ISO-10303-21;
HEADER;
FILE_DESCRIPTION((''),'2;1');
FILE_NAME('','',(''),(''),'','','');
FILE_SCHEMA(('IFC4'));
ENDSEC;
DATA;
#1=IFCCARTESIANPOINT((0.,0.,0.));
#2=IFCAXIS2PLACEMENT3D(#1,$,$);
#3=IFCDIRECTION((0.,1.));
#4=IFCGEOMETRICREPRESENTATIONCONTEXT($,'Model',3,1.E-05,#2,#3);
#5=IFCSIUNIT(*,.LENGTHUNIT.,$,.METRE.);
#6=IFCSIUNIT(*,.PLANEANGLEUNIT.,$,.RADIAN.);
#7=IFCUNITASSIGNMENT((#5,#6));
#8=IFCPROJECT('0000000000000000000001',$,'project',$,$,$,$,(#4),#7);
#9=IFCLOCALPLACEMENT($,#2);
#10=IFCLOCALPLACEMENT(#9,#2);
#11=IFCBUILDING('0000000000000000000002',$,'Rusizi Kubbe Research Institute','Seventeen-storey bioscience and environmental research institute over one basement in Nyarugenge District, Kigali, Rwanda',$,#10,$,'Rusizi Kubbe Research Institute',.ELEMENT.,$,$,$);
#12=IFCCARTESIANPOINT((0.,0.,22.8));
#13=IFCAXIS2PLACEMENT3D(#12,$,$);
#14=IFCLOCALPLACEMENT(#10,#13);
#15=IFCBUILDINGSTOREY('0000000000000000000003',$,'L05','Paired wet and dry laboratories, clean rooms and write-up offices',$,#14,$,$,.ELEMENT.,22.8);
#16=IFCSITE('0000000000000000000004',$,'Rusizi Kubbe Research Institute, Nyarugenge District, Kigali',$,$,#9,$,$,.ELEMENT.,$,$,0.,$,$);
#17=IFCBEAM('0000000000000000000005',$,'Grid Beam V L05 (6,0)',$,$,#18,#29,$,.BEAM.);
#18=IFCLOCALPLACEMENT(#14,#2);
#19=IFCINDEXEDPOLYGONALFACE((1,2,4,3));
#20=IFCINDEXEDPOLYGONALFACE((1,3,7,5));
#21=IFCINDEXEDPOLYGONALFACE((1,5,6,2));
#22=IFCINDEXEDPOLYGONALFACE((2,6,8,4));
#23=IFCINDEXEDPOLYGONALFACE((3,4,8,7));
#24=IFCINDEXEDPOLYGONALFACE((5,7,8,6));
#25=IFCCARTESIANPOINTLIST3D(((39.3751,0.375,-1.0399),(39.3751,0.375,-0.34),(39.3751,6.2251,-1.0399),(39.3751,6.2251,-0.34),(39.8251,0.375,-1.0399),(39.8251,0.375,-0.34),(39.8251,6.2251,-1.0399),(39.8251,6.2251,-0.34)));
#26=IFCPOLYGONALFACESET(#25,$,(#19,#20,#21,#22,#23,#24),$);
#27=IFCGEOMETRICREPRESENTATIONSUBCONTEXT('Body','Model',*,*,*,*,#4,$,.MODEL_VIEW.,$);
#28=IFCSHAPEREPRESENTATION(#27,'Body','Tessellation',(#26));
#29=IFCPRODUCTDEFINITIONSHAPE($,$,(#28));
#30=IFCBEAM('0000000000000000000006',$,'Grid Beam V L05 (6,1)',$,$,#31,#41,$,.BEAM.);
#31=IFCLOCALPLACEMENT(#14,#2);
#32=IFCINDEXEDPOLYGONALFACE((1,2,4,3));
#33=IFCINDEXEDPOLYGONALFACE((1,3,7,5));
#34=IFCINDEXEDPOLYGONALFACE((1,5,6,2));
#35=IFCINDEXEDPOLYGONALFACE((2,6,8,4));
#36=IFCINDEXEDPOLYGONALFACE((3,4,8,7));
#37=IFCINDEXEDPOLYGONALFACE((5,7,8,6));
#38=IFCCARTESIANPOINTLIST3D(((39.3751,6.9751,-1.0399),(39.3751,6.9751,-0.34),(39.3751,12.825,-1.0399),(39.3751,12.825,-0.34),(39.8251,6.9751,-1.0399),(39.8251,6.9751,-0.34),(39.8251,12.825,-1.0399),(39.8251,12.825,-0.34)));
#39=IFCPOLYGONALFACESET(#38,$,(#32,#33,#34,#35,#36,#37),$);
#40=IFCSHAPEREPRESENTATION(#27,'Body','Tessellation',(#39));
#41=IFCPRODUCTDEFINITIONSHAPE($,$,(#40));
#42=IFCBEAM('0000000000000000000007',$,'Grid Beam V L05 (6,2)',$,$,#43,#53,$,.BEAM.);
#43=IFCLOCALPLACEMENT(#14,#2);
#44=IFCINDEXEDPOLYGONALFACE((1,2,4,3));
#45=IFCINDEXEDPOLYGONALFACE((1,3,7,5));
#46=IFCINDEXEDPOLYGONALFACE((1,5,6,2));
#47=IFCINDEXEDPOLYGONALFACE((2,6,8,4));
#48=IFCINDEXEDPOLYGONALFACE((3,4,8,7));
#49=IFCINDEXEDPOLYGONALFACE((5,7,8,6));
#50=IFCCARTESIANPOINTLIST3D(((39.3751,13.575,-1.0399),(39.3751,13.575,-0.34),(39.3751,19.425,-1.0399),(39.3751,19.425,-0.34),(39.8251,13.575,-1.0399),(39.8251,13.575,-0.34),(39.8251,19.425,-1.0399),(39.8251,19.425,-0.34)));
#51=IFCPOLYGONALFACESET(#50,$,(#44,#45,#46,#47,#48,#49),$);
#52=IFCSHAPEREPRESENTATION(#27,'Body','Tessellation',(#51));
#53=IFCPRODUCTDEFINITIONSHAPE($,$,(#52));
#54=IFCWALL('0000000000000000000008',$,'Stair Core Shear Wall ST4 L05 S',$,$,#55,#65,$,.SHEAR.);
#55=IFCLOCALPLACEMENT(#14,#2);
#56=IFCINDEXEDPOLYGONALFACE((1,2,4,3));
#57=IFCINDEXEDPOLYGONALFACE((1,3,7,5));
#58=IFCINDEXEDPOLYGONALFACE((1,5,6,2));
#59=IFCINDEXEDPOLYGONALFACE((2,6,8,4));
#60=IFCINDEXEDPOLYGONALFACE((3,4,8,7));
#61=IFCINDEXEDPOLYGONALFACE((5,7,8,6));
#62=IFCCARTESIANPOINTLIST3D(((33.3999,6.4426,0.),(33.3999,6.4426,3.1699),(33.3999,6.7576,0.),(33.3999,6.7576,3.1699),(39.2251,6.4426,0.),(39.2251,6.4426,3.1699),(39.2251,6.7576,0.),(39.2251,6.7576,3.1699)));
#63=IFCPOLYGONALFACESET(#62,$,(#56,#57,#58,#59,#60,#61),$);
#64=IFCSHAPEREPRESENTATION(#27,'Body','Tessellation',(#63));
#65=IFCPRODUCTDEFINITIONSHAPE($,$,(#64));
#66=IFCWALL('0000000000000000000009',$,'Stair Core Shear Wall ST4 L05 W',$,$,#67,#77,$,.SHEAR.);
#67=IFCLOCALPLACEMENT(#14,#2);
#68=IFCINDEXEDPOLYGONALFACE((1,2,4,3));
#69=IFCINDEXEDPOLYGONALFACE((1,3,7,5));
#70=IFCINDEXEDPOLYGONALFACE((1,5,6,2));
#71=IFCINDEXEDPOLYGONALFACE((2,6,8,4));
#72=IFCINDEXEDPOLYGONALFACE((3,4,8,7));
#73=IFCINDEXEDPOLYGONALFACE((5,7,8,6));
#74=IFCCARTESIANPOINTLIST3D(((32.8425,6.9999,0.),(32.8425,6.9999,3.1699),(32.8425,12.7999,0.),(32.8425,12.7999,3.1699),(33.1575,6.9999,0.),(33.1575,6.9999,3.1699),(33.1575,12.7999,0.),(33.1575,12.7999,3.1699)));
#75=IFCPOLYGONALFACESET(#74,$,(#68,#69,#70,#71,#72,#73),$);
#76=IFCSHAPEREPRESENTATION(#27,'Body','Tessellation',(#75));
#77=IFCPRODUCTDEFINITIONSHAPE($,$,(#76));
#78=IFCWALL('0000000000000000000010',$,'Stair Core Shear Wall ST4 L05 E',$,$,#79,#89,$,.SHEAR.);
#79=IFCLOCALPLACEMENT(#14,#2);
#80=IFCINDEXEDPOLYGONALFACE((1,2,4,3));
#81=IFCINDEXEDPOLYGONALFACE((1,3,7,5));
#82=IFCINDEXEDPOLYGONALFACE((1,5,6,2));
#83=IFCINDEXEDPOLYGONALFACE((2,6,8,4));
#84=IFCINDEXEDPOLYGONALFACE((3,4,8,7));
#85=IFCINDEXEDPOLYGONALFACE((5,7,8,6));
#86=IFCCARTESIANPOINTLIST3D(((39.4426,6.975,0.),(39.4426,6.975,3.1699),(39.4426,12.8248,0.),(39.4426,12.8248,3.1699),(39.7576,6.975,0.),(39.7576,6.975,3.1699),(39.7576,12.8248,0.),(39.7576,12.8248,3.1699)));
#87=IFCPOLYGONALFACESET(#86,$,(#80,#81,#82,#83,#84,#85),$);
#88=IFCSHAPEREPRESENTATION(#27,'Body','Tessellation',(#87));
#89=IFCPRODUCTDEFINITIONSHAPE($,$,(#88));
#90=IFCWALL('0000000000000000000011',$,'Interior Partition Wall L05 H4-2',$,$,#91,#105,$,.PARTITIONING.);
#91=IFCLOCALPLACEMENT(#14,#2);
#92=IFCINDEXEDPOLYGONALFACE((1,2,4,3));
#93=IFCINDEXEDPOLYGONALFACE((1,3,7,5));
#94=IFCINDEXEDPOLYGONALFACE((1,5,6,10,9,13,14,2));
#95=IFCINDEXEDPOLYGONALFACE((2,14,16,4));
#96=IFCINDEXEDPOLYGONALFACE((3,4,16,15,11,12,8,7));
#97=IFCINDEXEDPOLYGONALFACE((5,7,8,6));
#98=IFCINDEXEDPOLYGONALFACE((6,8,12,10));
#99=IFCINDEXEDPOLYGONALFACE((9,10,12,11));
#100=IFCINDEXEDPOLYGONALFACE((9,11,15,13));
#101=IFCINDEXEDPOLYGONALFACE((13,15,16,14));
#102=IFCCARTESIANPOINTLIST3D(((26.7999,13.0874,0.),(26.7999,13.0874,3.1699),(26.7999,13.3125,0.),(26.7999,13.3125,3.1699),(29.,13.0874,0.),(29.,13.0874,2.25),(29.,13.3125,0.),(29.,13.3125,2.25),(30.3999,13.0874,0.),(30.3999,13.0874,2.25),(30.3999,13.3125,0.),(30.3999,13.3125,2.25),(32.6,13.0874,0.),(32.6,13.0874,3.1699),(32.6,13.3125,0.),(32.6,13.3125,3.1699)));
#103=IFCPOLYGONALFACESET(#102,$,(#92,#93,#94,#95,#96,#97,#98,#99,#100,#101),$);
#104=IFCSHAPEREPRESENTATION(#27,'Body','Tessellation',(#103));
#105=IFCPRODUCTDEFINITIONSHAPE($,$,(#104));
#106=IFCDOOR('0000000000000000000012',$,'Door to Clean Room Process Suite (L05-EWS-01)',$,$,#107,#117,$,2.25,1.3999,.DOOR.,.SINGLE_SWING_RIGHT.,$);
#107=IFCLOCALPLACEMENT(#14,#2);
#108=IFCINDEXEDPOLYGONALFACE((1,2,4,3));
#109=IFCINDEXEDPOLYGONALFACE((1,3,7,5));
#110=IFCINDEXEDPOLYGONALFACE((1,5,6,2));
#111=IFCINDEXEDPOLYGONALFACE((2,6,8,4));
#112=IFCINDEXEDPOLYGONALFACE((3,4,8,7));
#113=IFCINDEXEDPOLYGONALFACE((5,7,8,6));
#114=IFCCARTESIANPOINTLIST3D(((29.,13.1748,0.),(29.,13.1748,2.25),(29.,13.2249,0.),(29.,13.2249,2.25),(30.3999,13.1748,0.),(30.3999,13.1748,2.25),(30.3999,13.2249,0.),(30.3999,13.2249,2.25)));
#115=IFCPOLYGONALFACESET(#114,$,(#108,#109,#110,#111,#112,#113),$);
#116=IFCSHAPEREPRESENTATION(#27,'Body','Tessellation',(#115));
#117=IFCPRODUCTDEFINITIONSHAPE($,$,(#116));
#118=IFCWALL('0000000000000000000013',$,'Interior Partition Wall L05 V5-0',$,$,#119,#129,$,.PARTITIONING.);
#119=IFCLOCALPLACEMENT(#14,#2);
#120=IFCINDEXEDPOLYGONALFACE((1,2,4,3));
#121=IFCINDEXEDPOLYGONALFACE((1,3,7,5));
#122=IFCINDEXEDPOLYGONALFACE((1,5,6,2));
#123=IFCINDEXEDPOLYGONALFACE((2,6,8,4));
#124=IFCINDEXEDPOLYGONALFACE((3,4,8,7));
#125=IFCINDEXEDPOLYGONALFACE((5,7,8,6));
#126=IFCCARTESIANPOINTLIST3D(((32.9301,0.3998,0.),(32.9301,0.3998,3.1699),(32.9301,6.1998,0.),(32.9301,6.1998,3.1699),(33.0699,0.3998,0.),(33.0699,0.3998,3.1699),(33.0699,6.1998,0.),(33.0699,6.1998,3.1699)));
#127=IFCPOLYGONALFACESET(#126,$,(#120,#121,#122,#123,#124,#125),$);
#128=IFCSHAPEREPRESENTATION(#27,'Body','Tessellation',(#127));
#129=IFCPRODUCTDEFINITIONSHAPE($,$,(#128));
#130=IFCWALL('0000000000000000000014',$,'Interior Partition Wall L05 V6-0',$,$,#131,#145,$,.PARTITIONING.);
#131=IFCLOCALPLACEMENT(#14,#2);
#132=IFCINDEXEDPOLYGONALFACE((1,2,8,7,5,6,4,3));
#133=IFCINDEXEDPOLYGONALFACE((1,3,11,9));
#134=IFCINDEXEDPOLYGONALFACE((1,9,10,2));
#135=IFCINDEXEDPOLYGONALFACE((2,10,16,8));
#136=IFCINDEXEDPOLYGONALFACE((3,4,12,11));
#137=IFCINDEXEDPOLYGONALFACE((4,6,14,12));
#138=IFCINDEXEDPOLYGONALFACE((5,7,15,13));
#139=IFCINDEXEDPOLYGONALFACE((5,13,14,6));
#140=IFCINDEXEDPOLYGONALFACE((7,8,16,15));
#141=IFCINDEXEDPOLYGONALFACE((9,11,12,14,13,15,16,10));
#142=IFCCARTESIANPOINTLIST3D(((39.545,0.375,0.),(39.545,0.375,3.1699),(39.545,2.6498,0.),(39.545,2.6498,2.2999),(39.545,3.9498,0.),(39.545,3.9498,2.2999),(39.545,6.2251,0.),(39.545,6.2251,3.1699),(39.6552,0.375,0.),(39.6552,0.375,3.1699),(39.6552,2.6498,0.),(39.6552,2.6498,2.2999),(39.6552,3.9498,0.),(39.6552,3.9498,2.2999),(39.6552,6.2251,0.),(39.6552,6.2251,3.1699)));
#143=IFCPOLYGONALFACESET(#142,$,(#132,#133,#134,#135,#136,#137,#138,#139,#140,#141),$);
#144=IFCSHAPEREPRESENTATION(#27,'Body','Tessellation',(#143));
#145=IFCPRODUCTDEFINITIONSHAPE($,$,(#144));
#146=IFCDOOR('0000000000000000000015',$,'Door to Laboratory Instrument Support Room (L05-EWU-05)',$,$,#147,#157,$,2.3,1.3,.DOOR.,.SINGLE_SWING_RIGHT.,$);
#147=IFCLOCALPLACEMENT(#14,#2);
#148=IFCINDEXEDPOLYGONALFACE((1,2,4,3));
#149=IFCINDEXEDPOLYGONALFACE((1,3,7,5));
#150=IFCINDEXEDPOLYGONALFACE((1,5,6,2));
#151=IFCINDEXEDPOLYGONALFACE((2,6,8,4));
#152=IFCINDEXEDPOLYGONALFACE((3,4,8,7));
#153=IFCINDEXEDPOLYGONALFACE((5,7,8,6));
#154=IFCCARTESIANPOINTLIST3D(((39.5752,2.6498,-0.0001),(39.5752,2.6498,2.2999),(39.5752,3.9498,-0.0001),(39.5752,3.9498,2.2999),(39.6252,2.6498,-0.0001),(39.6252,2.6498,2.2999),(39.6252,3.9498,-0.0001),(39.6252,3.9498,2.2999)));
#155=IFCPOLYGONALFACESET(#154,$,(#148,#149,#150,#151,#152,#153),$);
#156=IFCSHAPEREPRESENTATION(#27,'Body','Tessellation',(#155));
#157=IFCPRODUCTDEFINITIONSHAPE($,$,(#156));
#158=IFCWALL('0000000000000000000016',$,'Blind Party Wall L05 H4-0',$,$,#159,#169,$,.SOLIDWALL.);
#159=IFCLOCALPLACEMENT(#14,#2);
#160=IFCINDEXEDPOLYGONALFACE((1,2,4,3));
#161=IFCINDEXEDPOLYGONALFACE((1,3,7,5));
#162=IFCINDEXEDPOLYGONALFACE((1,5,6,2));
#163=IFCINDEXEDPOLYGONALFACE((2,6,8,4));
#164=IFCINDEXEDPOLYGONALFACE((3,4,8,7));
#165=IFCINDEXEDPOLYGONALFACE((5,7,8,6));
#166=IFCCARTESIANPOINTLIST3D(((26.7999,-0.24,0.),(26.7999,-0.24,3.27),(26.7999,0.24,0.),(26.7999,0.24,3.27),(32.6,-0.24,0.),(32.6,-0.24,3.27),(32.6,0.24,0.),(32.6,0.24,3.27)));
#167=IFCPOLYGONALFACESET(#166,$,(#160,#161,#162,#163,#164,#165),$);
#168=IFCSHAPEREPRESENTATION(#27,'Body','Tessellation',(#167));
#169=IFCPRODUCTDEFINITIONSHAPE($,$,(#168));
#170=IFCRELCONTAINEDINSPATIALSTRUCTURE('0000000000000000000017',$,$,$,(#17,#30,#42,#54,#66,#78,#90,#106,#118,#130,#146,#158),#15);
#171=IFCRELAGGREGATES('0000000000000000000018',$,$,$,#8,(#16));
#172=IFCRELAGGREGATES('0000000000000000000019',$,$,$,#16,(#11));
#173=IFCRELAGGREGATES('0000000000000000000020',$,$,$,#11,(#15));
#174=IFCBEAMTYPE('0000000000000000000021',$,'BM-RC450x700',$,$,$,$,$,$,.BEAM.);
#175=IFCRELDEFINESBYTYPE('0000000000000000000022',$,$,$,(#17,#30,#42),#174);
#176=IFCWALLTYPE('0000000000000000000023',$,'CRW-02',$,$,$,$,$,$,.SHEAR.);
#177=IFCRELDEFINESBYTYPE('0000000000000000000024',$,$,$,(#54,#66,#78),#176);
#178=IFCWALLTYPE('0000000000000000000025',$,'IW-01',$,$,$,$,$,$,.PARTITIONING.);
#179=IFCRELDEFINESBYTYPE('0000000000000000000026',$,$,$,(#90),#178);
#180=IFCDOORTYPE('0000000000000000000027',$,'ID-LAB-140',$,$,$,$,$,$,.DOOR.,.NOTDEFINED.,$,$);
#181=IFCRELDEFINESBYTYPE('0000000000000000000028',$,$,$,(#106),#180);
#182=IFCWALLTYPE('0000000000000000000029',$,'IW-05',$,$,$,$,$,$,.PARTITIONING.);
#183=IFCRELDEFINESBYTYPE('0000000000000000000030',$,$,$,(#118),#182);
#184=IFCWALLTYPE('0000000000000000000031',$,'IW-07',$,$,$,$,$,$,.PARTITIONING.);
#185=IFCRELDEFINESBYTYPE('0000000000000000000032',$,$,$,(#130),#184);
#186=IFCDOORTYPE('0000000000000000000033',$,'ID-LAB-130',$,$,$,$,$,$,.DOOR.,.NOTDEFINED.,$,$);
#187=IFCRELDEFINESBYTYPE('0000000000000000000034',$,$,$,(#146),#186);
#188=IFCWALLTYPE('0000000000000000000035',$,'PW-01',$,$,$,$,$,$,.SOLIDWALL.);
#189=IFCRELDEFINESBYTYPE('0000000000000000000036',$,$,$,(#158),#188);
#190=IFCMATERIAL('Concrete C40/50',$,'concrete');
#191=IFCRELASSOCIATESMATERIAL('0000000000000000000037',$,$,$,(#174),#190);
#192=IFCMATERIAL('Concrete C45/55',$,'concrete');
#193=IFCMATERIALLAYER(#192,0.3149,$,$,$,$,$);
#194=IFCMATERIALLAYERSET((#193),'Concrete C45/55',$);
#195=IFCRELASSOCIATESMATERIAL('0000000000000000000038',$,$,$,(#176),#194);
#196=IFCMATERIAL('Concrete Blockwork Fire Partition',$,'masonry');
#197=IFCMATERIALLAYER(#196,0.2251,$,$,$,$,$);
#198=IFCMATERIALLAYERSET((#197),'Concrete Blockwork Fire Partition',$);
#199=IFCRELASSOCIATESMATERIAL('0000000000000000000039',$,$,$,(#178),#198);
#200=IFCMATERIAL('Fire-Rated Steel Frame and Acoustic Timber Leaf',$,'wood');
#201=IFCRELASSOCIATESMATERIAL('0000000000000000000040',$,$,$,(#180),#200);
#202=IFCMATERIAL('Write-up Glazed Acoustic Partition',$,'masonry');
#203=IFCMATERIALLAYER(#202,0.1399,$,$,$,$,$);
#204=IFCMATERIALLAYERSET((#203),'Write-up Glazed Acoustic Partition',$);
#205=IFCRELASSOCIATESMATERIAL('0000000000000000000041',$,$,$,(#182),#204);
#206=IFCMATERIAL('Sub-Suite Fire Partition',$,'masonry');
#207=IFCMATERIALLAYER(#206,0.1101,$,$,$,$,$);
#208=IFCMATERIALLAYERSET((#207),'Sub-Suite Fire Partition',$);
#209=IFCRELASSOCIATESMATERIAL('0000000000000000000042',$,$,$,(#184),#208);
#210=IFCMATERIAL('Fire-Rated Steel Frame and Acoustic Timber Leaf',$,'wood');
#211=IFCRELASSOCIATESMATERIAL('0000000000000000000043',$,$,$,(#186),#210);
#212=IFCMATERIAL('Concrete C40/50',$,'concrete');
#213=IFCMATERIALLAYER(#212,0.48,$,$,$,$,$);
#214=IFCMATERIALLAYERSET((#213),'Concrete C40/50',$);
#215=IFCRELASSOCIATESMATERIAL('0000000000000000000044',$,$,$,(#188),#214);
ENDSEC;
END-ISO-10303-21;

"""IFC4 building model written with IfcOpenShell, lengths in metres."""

from ifc_helpers import new_model, si_unit, direction, frame, frame_2d, origin, origin_2d, place, context, subcontext, project, spatial, rectangle, extrude, material, layer, layer_set, material_profile, profile_set, type_object, element, fill, save


model = new_model("IFC4")

# Units and contexts
model_context = context("Model", 3, precision=1e-05, world=origin(), true_north=direction((0.0, 1.0)))
body_context = subcontext(model_context, "Body", "Model", "MODEL_VIEW")
ifc_project = project(units=[si_unit("LENGTHUNIT", "METRE"), si_unit("PLANEANGLEUNIT", "RADIAN")], contexts=[model_context])

# Site, building, storey
site_placement = place(None, origin())
site = spatial("IfcSite", under=ifc_project, at=site_placement, Name="Rusizi Kubbe Research Institute, Nyarugenge District, Kigali", CompositionType="ELEMENT", RefElevation=0.0)
building_placement = place(site_placement, origin())
building = spatial("IfcBuilding", under=site, at=building_placement, Name="Rusizi Kubbe Research Institute", Description="Seventeen-storey bioscience and environmental research institute over one basement in Nyarugenge District, Kigali, Rwanda", LongName="Rusizi Kubbe Research Institute", CompositionType="ELEMENT")
storey_placement = place(building_placement, frame((0.0, 0.0, 22.8)))
storey = spatial("IfcBuildingStorey", under=building, at=storey_placement, Name="L05", Description="Paired wet and dry laboratories, clean rooms and write-up offices", CompositionType="ELEMENT", Elevation=22.8)

# Beams
ifc_material_1 = material(Name="Concrete C40/50", Category="concrete")
ifc_material_profile_1 = material_profile(ifc_material_1, rectangle(XDim=0.45, YDim=0.7, at=origin_2d()), Name="RC450x700B")
ifc_profile_set_1 = profile_set([ifc_material_profile_1], Name="Concrete C40/50")
beam_type_1 = type_object("IfcBeamType", Name="BM-RC450x700", PredefinedType="BEAM", material=ifc_profile_set_1)
beam_1_placement = place(storey_placement, frame((39.6001, 0.375, -0.6899), z_axis=(0.0, 1.0, 0.0), x_axis=(-1.0, 0.0, 0.0)))
element("IfcBeam", 1, at=beam_1_placement, inside=storey, type_object=beam_type_1, Name="Grid Beam V L05 (6,0)", PredefinedType="BEAM", context=body_context, shape_type="SweptSolid", body=[
    extrude(rectangle(XDim=0.45, YDim=0.7, at=origin_2d()), origin(), (0.0, 0.0, 1.0), 5.8501),
])
beam_2_placement = place(storey_placement, frame((39.6001, 6.9751, -0.6899), z_axis=(0.0, 1.0, 0.0), x_axis=(-1.0, 0.0, 0.0)))
element("IfcBeam", 2, at=beam_2_placement, inside=storey, type_object=beam_type_1, Name="Grid Beam V L05 (6,1)", PredefinedType="BEAM", context=body_context, shape_type="SweptSolid", body=[
    extrude(rectangle(XDim=0.45, YDim=0.7, at=origin_2d()), origin(), (0.0, 0.0, 1.0), 5.8499),
])
beam_3_placement = place(storey_placement, frame((39.6001, 13.575, -0.6899), z_axis=(0.0, 1.0, 0.0), x_axis=(-1.0, 0.0, 0.0)))
element("IfcBeam", 3, at=beam_3_placement, inside=storey, type_object=beam_type_1, Name="Grid Beam V L05 (6,2)", PredefinedType="BEAM", context=body_context, shape_type="SweptSolid", body=[
    extrude(rectangle(XDim=0.45, YDim=0.7, at=origin_2d()), origin(), (0.0, 0.0, 1.0), 5.8501),
])

# Wall
ifc_material_2 = material(Name="Concrete C45/55", Category="concrete")
ifc_layer_1 = layer(ifc_material_2, 0.3149)
ifc_layer_set_1 = layer_set([ifc_layer_1], Name="Concrete C45/55")
wall_type_1 = type_object("IfcWallType", Name="CRW-02", PredefinedType="SHEAR", material=ifc_layer_set_1)
wall_1_placement = place(storey_placement, frame((33.3999, 6.6001, 0.0), z_axis=(0.0, 0.0, 1.0), x_axis=(1.0, 0.0, 0.0)))
element("IfcWall", 4, at=wall_1_placement, inside=storey, type_object=wall_type_1, Name="Stair Core Shear Wall ST4 L05 S", PredefinedType="SHEAR", context=body_context, shape_type="SweptSolid", body=[
    extrude(rectangle(XDim=5.8252, YDim=0.3149, at=frame_2d((2.9126, 0.0))), origin(), (0.0, 0.0, 1.0), 3.1699),
])

# Walls
wall_2_placement = place(storey_placement, frame((33.0, 7.0, 0.0), z_axis=(0.0, 0.0, 1.0), x_axis=(0.0, 1.0, 0.0)))
element("IfcWall", 5, at=wall_2_placement, inside=storey, type_object=wall_type_1, Name="Stair Core Shear Wall ST4 L05 W", PredefinedType="SHEAR", context=body_context, shape_type="SweptSolid", body=[
    extrude(rectangle(XDim=5.8, YDim=0.3149, at=frame_2d((2.8999, 0.0))), origin(), (0.0, 0.0, 1.0), 3.1699),
])
wall_3_placement = place(storey_placement, frame((39.6001, 6.9751, 0.0), z_axis=(0.0, 0.0, 1.0), x_axis=(0.0, 1.0, 0.0)))
element("IfcWall", 6, at=wall_3_placement, inside=storey, type_object=wall_type_1, Name="Stair Core Shear Wall ST4 L05 E", PredefinedType="SHEAR", context=body_context, shape_type="SweptSolid", body=[
    extrude(rectangle(XDim=5.8499, YDim=0.3149, at=frame_2d((2.9248, 0.0))), origin(), (0.0, 0.0, 1.0), 3.1699),
])

# Wall, opening, door
ifc_material_3 = material(Name="Concrete Blockwork Fire Partition", Category="masonry")
ifc_layer_2 = layer(ifc_material_3, 0.2251)
ifc_layer_set_2 = layer_set([ifc_layer_2], Name="Concrete Blockwork Fire Partition")
wall_type_2 = type_object("IfcWallType", Name="IW-01", PredefinedType="PARTITIONING", material=ifc_layer_set_2)
wall_4_placement = place(storey_placement, frame((26.8, 13.2, 0.0), z_axis=(0.0, 0.0, 1.0), x_axis=(1.0, 0.0, 0.0)))
wall_4 = element("IfcWall", 7, at=wall_4_placement, inside=storey, type_object=wall_type_2, Name="Interior Partition Wall L05 H4-2", PredefinedType="PARTITIONING", context=body_context, shape_type="SweptSolid", body=[
    extrude(rectangle(XDim=5.8, YDim=0.2251, at=frame_2d((2.8999, 0.0))), origin(), (0.0, 0.0, 1.0), 3.1699),
])
opening_1_placement = place(wall_4_placement, frame((2.2, 0.0, 0.0)))
opening_1 = element("IfcOpeningElement", 8, at=opening_1_placement, cuts=wall_4, PredefinedType="OPENING", context=body_context, shape_type="SweptSolid", body=[
    extrude(rectangle(XDim=1.3999, YDim=2.25, at=frame_2d((0.7, 1.125))), frame((0.0, 0.1226, 0.0), z_axis=(0.0, -1.0, 0.0), x_axis=(1.0, 0.0, 0.0)), (0.0, 0.0, 1.0), 0.2451),
])
ifc_material_4 = material(Name="Fire-Rated Steel Frame and Acoustic Timber Leaf", Category="wood")
door_type_1 = type_object("IfcDoorType", Name="ID-LAB-140", OperationType="NOTDEFINED", PredefinedType="DOOR", material=ifc_material_4)
door_1_placement = place(opening_1_placement, origin())
door_1 = element("IfcDoor", 9, at=door_1_placement, inside=storey, type_object=door_type_1, Name="Door to Clean Room Process Suite (L05-EWS-01)", OperationType="SINGLE_SWING_RIGHT", OverallHeight=2.25, OverallWidth=1.3999, PredefinedType="DOOR", context=body_context, shape_type="SweptSolid", body=[
    extrude(rectangle(XDim=1.3999, YDim=2.25, at=frame_2d((0.7, 1.125))), frame((0.0, 0.0249, 0.0), z_axis=(0.0, -1.0, 0.0), x_axis=(1.0, 0.0, 0.0)), (0.0, 0.0, 1.0), 0.05),
])
fill(opening_1, door_1)

# Wall
ifc_material_5 = material(Name="Write-up Glazed Acoustic Partition", Category="masonry")
ifc_layer_3 = layer(ifc_material_5, 0.1399)
ifc_layer_set_3 = layer_set([ifc_layer_3], Name="Write-up Glazed Acoustic Partition")
wall_type_3 = type_object("IfcWallType", Name="IW-05", PredefinedType="PARTITIONING", material=ifc_layer_set_3)
wall_5_placement = place(storey_placement, frame((33.0, 0.3999, 0.0), z_axis=(0.0, 0.0, 1.0), x_axis=(0.0, 1.0, 0.0)))
element("IfcWall", 10, at=wall_5_placement, inside=storey, type_object=wall_type_3, Name="Interior Partition Wall L05 V5-0", PredefinedType="PARTITIONING", context=body_context, shape_type="SweptSolid", body=[
    extrude(rectangle(XDim=5.8, YDim=0.1399, at=frame_2d((2.8999, 0.0))), origin(), (0.0, 0.0, 1.0), 3.1699),
])

# Wall, opening, door
ifc_material_6 = material(Name="Sub-Suite Fire Partition", Category="masonry")
ifc_layer_4 = layer(ifc_material_6, 0.1101)
ifc_layer_set_4 = layer_set([ifc_layer_4], Name="Sub-Suite Fire Partition")
wall_type_4 = type_object("IfcWallType", Name="IW-07", PredefinedType="PARTITIONING", material=ifc_layer_set_4)
wall_6_placement = place(storey_placement, frame((39.6001, 0.375, 0.0), z_axis=(0.0, 0.0, 1.0), x_axis=(0.0, 1.0, 0.0)))
wall_6 = element("IfcWall", 11, at=wall_6_placement, inside=storey, type_object=wall_type_4, Name="Interior Partition Wall L05 V6-0", PredefinedType="PARTITIONING", context=body_context, shape_type="SweptSolid", body=[
    extrude(rectangle(XDim=5.8501, YDim=0.1101, at=frame_2d((2.925, 0.0))), origin(), (0.0, 0.0, 1.0), 3.1699),
])
opening_2_placement = place(wall_6_placement, frame((2.2749, 0.0, 0.0)))
opening_2 = element("IfcOpeningElement", 12, at=opening_2_placement, cuts=wall_6, PredefinedType="OPENING", context=body_context, shape_type="SweptSolid", body=[
    extrude(rectangle(XDim=1.3, YDim=2.3, at=frame_2d((0.6499, 1.1499))), frame((0.0, 0.0649, 0.0), z_axis=(0.0, -1.0, 0.0), x_axis=(1.0, 0.0, 0.0)), (0.0, 0.0, 1.0), 0.1301),
])
ifc_material_7 = material(Name="Fire-Rated Steel Frame and Acoustic Timber Leaf", Category="wood")
door_type_2 = type_object("IfcDoorType", Name="ID-LAB-130", OperationType="NOTDEFINED", PredefinedType="DOOR", material=ifc_material_7)
door_2_placement = place(opening_2_placement, origin())
door_2 = element("IfcDoor", 13, at=door_2_placement, inside=storey, type_object=door_type_2, Name="Door to Laboratory Instrument Support Room (L05-EWU-05)", OperationType="SINGLE_SWING_RIGHT", OverallHeight=2.3, OverallWidth=1.3, PredefinedType="DOOR", context=body_context, shape_type="SweptSolid", body=[
    extrude(rectangle(XDim=1.3, YDim=2.3, at=frame_2d((0.6499, 1.1499))), frame((0.0, 0.0249, 0.0), z_axis=(0.0, -1.0, 0.0), x_axis=(1.0, 0.0, 0.0)), (0.0, 0.0, 1.0), 0.05),
])
fill(opening_2, door_2)

# Wall
ifc_material_8 = material(Name="Concrete C40/50", Category="concrete")
ifc_layer_5 = layer(ifc_material_8, 0.48)
ifc_layer_set_5 = layer_set([ifc_layer_5], Name="Concrete C40/50")
wall_type_5 = type_object("IfcWallType", Name="PW-01", PredefinedType="SOLIDWALL", material=ifc_layer_set_5)
wall_7_placement = place(storey_placement, frame((26.8, 0.0, 0.0), z_axis=(0.0, 0.0, 1.0), x_axis=(1.0, 0.0, 0.0)))
element("IfcWall", 14, at=wall_7_placement, inside=storey, type_object=wall_type_5, Name="Blind Party Wall L05 H4-0", PredefinedType="SOLIDWALL", context=body_context, shape_type="SweptSolid", body=[
    extrude(rectangle(XDim=5.8, YDim=0.48, at=frame_2d((2.8999, 0.0))), origin(), (0.0, 0.0, 1.0), 3.27),
])

save(model, "model.ifc")
